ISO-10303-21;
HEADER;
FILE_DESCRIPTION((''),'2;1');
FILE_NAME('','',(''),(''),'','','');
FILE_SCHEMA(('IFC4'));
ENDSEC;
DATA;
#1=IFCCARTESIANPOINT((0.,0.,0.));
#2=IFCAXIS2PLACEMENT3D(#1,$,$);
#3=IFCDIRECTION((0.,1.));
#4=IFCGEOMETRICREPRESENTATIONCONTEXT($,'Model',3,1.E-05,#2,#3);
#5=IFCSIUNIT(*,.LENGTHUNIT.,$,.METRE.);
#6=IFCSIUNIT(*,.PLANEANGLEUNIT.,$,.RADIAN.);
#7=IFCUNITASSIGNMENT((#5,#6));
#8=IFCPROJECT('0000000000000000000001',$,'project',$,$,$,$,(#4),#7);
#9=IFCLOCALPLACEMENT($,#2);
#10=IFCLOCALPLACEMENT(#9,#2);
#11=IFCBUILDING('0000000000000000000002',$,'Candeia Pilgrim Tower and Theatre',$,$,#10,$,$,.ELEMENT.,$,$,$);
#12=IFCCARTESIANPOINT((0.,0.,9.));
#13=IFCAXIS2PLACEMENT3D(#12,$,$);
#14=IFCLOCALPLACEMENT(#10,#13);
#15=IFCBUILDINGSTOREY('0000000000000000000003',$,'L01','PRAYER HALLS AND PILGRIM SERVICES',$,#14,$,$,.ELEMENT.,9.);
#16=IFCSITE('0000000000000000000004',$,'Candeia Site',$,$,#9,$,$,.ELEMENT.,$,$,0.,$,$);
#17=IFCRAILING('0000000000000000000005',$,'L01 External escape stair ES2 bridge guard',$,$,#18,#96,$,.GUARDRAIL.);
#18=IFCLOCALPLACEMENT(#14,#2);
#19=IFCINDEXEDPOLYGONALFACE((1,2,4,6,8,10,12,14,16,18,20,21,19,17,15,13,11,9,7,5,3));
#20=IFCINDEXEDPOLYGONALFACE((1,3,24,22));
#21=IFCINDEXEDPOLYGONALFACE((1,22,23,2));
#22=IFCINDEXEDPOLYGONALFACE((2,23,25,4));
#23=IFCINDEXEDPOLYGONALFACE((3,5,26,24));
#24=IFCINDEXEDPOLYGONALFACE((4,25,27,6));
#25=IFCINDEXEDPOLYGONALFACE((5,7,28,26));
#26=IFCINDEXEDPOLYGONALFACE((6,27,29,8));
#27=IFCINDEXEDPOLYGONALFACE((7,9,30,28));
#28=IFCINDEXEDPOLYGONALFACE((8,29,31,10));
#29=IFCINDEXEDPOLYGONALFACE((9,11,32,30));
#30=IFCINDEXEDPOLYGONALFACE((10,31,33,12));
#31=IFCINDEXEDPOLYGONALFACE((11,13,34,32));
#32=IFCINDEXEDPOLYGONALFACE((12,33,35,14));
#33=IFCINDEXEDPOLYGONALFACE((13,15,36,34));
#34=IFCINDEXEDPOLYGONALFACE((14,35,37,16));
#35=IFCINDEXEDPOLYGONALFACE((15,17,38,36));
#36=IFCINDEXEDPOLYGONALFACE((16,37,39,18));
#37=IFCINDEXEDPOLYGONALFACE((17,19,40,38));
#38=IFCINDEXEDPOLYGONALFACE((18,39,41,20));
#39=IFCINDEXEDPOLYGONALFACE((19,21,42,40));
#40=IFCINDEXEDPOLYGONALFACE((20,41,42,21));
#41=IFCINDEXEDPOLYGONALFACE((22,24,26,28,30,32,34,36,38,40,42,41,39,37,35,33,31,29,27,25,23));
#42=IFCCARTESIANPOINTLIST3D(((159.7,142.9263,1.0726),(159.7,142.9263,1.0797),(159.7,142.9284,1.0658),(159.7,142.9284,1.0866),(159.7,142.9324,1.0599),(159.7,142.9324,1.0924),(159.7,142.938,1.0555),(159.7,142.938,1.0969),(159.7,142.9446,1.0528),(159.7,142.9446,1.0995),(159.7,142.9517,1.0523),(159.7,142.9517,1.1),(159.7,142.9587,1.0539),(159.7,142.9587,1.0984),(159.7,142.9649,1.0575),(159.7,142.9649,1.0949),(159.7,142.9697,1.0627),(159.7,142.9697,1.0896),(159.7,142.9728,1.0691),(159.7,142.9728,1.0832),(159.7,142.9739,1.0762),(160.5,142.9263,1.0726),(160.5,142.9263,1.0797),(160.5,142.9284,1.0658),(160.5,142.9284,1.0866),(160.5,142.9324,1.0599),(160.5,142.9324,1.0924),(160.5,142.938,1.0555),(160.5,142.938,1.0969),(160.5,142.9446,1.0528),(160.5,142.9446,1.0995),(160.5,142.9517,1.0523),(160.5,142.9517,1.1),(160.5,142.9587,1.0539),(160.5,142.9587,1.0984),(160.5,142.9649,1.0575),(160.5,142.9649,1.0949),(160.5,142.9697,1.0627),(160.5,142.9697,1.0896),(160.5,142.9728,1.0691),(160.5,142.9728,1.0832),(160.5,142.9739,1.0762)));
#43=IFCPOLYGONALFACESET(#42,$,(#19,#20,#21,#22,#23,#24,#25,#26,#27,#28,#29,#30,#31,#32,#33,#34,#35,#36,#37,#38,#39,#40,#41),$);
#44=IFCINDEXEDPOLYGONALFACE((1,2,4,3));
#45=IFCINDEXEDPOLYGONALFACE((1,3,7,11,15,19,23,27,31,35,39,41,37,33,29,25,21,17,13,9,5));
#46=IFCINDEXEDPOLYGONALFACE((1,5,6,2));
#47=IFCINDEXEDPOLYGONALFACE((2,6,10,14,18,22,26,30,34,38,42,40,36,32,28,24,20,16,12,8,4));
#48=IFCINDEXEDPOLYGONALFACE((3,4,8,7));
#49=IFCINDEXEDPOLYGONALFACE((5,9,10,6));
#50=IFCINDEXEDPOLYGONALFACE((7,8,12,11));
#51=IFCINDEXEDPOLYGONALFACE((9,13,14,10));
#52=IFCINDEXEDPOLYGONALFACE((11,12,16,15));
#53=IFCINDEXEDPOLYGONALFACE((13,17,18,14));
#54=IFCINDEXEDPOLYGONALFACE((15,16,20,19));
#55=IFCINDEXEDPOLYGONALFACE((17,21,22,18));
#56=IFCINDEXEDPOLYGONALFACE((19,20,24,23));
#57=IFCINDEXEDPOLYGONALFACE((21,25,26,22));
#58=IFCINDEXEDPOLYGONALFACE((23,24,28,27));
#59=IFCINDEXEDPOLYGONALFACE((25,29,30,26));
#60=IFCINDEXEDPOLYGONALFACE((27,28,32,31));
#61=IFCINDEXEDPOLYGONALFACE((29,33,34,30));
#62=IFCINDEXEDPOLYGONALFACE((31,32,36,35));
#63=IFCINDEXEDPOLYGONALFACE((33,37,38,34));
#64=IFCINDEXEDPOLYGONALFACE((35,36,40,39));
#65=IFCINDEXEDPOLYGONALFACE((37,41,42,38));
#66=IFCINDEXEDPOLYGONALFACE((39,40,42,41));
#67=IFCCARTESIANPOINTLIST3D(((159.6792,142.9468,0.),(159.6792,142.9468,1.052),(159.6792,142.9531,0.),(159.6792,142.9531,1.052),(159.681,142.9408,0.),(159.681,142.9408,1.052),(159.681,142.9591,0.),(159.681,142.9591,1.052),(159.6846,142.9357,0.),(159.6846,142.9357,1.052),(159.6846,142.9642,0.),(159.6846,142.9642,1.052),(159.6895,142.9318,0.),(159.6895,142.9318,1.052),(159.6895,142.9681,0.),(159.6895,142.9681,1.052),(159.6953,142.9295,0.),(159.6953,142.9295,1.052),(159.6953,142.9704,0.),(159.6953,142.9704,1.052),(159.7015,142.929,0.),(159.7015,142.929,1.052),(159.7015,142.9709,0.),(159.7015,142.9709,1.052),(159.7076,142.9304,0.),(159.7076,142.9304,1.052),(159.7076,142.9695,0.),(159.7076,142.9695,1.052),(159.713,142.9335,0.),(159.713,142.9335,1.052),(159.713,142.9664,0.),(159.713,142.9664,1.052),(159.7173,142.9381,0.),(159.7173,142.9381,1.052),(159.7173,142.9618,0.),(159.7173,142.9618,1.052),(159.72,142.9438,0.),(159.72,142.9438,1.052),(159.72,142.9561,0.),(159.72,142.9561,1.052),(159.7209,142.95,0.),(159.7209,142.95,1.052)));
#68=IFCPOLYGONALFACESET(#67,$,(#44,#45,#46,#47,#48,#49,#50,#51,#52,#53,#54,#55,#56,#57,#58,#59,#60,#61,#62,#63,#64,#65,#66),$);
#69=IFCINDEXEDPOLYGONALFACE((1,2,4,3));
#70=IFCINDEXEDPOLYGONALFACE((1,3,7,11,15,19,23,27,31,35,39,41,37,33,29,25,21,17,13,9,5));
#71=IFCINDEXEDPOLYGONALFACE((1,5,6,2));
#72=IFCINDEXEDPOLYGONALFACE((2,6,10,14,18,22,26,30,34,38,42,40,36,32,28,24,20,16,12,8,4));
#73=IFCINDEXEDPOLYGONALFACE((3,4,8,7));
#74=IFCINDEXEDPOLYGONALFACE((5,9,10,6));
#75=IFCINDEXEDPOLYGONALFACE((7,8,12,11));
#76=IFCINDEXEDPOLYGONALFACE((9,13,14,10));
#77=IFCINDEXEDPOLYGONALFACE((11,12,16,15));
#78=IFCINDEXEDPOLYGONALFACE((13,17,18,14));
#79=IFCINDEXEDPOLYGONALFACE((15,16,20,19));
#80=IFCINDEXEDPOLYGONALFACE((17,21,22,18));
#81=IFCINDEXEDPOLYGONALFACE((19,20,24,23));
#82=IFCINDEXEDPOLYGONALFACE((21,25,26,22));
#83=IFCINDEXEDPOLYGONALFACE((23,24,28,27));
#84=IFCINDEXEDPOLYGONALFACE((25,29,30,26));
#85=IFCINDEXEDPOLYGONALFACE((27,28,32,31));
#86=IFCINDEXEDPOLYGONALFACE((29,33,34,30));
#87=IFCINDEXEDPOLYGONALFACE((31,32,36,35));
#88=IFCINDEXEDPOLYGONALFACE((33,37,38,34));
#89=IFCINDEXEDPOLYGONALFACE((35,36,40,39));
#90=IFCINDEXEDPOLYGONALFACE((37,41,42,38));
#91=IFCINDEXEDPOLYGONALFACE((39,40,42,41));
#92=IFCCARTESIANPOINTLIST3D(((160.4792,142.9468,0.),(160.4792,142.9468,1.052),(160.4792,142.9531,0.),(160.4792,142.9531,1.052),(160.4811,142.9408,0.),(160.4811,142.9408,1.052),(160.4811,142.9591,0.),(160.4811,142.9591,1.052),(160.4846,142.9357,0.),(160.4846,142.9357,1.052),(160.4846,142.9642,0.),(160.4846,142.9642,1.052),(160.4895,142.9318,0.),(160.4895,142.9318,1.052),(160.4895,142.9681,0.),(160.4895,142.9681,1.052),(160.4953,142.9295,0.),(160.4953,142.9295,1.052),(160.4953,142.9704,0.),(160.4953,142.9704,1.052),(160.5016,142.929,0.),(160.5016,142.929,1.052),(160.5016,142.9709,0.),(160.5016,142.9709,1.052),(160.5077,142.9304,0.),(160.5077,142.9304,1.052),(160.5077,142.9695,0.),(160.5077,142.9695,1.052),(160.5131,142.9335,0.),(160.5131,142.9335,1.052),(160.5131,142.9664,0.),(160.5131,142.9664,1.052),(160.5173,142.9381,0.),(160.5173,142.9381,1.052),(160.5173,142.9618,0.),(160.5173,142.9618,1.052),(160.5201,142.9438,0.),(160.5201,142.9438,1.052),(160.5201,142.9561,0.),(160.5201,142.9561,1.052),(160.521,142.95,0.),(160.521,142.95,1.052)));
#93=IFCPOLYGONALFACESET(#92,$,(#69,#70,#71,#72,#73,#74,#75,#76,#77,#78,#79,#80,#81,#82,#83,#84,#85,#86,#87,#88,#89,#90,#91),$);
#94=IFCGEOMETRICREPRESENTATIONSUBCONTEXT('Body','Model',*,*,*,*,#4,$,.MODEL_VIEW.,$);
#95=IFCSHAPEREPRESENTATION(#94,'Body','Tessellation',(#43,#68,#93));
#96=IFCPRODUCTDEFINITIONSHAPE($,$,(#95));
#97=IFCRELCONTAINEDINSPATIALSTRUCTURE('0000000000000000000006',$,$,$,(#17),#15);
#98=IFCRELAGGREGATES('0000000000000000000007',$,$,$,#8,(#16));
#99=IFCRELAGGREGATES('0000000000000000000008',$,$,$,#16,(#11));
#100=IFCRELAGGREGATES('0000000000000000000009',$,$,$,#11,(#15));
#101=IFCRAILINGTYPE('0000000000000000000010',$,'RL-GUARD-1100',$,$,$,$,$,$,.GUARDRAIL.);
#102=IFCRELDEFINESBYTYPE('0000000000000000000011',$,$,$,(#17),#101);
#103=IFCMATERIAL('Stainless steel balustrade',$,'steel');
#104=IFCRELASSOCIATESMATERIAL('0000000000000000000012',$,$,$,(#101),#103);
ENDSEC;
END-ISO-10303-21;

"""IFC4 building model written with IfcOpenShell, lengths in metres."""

from ifc_helpers import new_model, si_unit, direction, frame, origin, origin_2d, place, context, subcontext, project, spatial, circle, extrude, material, type_object, element, save


model = new_model("IFC4")

# Units and contexts
model_context = context("Model", 3, precision=1e-05, world=origin(), true_north=direction((0.0, 1.0)))
body_context = subcontext(model_context, "Body", "Model", "MODEL_VIEW")
ifc_project = project(units=[si_unit("LENGTHUNIT", "METRE"), si_unit("PLANEANGLEUNIT", "RADIAN")], contexts=[model_context])

# Site, building, storey
site_placement = place(None, origin())
site = spatial("IfcSite", under=ifc_project, at=site_placement, Name="Candeia Site", CompositionType="ELEMENT", RefElevation=0.0)
building_placement = place(site_placement, origin())
building = spatial("IfcBuilding", under=site, at=building_placement, Name="Candeia Pilgrim Tower and Theatre", CompositionType="ELEMENT")
storey_placement = place(building_placement, frame((0.0, 0.0, 9.0)))
storey = spatial("IfcBuildingStorey", under=building, at=storey_placement, Name="L01", Description="PRAYER HALLS AND PILGRIM SERVICES", CompositionType="ELEMENT", Elevation=9.0)

# Railing
ifc_material_1 = material(Name="Stainless steel balustrade", Category="steel")
railing_type_1 = type_object("IfcRailingType", Name="RL-GUARD-1100", PredefinedType="GUARDRAIL", material=ifc_material_1)
railing_1_placement = place(storey_placement, frame((159.7, 142.95, 0.0)))
element("IfcRailing", 1, at=railing_1_placement, inside=storey, type_object=railing_type_1, Name="L01 External escape stair ES2 bridge guard", PredefinedType="GUARDRAIL", context=body_context, shape_type="SweptSolid", body=[
    extrude(circle(Radius=0.0239, at=origin_2d()), frame((0.0, 0.0, 1.0762), z_axis=(1.0, 0.0, 0.0), x_axis=(0.0, 1.0, 0.0)), (0.0, 0.0, 1.0), 0.8),
    extrude(circle(Radius=0.021, at=origin_2d()), origin(), (0.0, 0.0, 1.0), 1.052),
    extrude(circle(Radius=0.021, at=origin_2d()), frame((0.8, 0.0, 0.0)), (0.0, 0.0, 1.0), 1.052),
])

save(model, "model.ifc")
